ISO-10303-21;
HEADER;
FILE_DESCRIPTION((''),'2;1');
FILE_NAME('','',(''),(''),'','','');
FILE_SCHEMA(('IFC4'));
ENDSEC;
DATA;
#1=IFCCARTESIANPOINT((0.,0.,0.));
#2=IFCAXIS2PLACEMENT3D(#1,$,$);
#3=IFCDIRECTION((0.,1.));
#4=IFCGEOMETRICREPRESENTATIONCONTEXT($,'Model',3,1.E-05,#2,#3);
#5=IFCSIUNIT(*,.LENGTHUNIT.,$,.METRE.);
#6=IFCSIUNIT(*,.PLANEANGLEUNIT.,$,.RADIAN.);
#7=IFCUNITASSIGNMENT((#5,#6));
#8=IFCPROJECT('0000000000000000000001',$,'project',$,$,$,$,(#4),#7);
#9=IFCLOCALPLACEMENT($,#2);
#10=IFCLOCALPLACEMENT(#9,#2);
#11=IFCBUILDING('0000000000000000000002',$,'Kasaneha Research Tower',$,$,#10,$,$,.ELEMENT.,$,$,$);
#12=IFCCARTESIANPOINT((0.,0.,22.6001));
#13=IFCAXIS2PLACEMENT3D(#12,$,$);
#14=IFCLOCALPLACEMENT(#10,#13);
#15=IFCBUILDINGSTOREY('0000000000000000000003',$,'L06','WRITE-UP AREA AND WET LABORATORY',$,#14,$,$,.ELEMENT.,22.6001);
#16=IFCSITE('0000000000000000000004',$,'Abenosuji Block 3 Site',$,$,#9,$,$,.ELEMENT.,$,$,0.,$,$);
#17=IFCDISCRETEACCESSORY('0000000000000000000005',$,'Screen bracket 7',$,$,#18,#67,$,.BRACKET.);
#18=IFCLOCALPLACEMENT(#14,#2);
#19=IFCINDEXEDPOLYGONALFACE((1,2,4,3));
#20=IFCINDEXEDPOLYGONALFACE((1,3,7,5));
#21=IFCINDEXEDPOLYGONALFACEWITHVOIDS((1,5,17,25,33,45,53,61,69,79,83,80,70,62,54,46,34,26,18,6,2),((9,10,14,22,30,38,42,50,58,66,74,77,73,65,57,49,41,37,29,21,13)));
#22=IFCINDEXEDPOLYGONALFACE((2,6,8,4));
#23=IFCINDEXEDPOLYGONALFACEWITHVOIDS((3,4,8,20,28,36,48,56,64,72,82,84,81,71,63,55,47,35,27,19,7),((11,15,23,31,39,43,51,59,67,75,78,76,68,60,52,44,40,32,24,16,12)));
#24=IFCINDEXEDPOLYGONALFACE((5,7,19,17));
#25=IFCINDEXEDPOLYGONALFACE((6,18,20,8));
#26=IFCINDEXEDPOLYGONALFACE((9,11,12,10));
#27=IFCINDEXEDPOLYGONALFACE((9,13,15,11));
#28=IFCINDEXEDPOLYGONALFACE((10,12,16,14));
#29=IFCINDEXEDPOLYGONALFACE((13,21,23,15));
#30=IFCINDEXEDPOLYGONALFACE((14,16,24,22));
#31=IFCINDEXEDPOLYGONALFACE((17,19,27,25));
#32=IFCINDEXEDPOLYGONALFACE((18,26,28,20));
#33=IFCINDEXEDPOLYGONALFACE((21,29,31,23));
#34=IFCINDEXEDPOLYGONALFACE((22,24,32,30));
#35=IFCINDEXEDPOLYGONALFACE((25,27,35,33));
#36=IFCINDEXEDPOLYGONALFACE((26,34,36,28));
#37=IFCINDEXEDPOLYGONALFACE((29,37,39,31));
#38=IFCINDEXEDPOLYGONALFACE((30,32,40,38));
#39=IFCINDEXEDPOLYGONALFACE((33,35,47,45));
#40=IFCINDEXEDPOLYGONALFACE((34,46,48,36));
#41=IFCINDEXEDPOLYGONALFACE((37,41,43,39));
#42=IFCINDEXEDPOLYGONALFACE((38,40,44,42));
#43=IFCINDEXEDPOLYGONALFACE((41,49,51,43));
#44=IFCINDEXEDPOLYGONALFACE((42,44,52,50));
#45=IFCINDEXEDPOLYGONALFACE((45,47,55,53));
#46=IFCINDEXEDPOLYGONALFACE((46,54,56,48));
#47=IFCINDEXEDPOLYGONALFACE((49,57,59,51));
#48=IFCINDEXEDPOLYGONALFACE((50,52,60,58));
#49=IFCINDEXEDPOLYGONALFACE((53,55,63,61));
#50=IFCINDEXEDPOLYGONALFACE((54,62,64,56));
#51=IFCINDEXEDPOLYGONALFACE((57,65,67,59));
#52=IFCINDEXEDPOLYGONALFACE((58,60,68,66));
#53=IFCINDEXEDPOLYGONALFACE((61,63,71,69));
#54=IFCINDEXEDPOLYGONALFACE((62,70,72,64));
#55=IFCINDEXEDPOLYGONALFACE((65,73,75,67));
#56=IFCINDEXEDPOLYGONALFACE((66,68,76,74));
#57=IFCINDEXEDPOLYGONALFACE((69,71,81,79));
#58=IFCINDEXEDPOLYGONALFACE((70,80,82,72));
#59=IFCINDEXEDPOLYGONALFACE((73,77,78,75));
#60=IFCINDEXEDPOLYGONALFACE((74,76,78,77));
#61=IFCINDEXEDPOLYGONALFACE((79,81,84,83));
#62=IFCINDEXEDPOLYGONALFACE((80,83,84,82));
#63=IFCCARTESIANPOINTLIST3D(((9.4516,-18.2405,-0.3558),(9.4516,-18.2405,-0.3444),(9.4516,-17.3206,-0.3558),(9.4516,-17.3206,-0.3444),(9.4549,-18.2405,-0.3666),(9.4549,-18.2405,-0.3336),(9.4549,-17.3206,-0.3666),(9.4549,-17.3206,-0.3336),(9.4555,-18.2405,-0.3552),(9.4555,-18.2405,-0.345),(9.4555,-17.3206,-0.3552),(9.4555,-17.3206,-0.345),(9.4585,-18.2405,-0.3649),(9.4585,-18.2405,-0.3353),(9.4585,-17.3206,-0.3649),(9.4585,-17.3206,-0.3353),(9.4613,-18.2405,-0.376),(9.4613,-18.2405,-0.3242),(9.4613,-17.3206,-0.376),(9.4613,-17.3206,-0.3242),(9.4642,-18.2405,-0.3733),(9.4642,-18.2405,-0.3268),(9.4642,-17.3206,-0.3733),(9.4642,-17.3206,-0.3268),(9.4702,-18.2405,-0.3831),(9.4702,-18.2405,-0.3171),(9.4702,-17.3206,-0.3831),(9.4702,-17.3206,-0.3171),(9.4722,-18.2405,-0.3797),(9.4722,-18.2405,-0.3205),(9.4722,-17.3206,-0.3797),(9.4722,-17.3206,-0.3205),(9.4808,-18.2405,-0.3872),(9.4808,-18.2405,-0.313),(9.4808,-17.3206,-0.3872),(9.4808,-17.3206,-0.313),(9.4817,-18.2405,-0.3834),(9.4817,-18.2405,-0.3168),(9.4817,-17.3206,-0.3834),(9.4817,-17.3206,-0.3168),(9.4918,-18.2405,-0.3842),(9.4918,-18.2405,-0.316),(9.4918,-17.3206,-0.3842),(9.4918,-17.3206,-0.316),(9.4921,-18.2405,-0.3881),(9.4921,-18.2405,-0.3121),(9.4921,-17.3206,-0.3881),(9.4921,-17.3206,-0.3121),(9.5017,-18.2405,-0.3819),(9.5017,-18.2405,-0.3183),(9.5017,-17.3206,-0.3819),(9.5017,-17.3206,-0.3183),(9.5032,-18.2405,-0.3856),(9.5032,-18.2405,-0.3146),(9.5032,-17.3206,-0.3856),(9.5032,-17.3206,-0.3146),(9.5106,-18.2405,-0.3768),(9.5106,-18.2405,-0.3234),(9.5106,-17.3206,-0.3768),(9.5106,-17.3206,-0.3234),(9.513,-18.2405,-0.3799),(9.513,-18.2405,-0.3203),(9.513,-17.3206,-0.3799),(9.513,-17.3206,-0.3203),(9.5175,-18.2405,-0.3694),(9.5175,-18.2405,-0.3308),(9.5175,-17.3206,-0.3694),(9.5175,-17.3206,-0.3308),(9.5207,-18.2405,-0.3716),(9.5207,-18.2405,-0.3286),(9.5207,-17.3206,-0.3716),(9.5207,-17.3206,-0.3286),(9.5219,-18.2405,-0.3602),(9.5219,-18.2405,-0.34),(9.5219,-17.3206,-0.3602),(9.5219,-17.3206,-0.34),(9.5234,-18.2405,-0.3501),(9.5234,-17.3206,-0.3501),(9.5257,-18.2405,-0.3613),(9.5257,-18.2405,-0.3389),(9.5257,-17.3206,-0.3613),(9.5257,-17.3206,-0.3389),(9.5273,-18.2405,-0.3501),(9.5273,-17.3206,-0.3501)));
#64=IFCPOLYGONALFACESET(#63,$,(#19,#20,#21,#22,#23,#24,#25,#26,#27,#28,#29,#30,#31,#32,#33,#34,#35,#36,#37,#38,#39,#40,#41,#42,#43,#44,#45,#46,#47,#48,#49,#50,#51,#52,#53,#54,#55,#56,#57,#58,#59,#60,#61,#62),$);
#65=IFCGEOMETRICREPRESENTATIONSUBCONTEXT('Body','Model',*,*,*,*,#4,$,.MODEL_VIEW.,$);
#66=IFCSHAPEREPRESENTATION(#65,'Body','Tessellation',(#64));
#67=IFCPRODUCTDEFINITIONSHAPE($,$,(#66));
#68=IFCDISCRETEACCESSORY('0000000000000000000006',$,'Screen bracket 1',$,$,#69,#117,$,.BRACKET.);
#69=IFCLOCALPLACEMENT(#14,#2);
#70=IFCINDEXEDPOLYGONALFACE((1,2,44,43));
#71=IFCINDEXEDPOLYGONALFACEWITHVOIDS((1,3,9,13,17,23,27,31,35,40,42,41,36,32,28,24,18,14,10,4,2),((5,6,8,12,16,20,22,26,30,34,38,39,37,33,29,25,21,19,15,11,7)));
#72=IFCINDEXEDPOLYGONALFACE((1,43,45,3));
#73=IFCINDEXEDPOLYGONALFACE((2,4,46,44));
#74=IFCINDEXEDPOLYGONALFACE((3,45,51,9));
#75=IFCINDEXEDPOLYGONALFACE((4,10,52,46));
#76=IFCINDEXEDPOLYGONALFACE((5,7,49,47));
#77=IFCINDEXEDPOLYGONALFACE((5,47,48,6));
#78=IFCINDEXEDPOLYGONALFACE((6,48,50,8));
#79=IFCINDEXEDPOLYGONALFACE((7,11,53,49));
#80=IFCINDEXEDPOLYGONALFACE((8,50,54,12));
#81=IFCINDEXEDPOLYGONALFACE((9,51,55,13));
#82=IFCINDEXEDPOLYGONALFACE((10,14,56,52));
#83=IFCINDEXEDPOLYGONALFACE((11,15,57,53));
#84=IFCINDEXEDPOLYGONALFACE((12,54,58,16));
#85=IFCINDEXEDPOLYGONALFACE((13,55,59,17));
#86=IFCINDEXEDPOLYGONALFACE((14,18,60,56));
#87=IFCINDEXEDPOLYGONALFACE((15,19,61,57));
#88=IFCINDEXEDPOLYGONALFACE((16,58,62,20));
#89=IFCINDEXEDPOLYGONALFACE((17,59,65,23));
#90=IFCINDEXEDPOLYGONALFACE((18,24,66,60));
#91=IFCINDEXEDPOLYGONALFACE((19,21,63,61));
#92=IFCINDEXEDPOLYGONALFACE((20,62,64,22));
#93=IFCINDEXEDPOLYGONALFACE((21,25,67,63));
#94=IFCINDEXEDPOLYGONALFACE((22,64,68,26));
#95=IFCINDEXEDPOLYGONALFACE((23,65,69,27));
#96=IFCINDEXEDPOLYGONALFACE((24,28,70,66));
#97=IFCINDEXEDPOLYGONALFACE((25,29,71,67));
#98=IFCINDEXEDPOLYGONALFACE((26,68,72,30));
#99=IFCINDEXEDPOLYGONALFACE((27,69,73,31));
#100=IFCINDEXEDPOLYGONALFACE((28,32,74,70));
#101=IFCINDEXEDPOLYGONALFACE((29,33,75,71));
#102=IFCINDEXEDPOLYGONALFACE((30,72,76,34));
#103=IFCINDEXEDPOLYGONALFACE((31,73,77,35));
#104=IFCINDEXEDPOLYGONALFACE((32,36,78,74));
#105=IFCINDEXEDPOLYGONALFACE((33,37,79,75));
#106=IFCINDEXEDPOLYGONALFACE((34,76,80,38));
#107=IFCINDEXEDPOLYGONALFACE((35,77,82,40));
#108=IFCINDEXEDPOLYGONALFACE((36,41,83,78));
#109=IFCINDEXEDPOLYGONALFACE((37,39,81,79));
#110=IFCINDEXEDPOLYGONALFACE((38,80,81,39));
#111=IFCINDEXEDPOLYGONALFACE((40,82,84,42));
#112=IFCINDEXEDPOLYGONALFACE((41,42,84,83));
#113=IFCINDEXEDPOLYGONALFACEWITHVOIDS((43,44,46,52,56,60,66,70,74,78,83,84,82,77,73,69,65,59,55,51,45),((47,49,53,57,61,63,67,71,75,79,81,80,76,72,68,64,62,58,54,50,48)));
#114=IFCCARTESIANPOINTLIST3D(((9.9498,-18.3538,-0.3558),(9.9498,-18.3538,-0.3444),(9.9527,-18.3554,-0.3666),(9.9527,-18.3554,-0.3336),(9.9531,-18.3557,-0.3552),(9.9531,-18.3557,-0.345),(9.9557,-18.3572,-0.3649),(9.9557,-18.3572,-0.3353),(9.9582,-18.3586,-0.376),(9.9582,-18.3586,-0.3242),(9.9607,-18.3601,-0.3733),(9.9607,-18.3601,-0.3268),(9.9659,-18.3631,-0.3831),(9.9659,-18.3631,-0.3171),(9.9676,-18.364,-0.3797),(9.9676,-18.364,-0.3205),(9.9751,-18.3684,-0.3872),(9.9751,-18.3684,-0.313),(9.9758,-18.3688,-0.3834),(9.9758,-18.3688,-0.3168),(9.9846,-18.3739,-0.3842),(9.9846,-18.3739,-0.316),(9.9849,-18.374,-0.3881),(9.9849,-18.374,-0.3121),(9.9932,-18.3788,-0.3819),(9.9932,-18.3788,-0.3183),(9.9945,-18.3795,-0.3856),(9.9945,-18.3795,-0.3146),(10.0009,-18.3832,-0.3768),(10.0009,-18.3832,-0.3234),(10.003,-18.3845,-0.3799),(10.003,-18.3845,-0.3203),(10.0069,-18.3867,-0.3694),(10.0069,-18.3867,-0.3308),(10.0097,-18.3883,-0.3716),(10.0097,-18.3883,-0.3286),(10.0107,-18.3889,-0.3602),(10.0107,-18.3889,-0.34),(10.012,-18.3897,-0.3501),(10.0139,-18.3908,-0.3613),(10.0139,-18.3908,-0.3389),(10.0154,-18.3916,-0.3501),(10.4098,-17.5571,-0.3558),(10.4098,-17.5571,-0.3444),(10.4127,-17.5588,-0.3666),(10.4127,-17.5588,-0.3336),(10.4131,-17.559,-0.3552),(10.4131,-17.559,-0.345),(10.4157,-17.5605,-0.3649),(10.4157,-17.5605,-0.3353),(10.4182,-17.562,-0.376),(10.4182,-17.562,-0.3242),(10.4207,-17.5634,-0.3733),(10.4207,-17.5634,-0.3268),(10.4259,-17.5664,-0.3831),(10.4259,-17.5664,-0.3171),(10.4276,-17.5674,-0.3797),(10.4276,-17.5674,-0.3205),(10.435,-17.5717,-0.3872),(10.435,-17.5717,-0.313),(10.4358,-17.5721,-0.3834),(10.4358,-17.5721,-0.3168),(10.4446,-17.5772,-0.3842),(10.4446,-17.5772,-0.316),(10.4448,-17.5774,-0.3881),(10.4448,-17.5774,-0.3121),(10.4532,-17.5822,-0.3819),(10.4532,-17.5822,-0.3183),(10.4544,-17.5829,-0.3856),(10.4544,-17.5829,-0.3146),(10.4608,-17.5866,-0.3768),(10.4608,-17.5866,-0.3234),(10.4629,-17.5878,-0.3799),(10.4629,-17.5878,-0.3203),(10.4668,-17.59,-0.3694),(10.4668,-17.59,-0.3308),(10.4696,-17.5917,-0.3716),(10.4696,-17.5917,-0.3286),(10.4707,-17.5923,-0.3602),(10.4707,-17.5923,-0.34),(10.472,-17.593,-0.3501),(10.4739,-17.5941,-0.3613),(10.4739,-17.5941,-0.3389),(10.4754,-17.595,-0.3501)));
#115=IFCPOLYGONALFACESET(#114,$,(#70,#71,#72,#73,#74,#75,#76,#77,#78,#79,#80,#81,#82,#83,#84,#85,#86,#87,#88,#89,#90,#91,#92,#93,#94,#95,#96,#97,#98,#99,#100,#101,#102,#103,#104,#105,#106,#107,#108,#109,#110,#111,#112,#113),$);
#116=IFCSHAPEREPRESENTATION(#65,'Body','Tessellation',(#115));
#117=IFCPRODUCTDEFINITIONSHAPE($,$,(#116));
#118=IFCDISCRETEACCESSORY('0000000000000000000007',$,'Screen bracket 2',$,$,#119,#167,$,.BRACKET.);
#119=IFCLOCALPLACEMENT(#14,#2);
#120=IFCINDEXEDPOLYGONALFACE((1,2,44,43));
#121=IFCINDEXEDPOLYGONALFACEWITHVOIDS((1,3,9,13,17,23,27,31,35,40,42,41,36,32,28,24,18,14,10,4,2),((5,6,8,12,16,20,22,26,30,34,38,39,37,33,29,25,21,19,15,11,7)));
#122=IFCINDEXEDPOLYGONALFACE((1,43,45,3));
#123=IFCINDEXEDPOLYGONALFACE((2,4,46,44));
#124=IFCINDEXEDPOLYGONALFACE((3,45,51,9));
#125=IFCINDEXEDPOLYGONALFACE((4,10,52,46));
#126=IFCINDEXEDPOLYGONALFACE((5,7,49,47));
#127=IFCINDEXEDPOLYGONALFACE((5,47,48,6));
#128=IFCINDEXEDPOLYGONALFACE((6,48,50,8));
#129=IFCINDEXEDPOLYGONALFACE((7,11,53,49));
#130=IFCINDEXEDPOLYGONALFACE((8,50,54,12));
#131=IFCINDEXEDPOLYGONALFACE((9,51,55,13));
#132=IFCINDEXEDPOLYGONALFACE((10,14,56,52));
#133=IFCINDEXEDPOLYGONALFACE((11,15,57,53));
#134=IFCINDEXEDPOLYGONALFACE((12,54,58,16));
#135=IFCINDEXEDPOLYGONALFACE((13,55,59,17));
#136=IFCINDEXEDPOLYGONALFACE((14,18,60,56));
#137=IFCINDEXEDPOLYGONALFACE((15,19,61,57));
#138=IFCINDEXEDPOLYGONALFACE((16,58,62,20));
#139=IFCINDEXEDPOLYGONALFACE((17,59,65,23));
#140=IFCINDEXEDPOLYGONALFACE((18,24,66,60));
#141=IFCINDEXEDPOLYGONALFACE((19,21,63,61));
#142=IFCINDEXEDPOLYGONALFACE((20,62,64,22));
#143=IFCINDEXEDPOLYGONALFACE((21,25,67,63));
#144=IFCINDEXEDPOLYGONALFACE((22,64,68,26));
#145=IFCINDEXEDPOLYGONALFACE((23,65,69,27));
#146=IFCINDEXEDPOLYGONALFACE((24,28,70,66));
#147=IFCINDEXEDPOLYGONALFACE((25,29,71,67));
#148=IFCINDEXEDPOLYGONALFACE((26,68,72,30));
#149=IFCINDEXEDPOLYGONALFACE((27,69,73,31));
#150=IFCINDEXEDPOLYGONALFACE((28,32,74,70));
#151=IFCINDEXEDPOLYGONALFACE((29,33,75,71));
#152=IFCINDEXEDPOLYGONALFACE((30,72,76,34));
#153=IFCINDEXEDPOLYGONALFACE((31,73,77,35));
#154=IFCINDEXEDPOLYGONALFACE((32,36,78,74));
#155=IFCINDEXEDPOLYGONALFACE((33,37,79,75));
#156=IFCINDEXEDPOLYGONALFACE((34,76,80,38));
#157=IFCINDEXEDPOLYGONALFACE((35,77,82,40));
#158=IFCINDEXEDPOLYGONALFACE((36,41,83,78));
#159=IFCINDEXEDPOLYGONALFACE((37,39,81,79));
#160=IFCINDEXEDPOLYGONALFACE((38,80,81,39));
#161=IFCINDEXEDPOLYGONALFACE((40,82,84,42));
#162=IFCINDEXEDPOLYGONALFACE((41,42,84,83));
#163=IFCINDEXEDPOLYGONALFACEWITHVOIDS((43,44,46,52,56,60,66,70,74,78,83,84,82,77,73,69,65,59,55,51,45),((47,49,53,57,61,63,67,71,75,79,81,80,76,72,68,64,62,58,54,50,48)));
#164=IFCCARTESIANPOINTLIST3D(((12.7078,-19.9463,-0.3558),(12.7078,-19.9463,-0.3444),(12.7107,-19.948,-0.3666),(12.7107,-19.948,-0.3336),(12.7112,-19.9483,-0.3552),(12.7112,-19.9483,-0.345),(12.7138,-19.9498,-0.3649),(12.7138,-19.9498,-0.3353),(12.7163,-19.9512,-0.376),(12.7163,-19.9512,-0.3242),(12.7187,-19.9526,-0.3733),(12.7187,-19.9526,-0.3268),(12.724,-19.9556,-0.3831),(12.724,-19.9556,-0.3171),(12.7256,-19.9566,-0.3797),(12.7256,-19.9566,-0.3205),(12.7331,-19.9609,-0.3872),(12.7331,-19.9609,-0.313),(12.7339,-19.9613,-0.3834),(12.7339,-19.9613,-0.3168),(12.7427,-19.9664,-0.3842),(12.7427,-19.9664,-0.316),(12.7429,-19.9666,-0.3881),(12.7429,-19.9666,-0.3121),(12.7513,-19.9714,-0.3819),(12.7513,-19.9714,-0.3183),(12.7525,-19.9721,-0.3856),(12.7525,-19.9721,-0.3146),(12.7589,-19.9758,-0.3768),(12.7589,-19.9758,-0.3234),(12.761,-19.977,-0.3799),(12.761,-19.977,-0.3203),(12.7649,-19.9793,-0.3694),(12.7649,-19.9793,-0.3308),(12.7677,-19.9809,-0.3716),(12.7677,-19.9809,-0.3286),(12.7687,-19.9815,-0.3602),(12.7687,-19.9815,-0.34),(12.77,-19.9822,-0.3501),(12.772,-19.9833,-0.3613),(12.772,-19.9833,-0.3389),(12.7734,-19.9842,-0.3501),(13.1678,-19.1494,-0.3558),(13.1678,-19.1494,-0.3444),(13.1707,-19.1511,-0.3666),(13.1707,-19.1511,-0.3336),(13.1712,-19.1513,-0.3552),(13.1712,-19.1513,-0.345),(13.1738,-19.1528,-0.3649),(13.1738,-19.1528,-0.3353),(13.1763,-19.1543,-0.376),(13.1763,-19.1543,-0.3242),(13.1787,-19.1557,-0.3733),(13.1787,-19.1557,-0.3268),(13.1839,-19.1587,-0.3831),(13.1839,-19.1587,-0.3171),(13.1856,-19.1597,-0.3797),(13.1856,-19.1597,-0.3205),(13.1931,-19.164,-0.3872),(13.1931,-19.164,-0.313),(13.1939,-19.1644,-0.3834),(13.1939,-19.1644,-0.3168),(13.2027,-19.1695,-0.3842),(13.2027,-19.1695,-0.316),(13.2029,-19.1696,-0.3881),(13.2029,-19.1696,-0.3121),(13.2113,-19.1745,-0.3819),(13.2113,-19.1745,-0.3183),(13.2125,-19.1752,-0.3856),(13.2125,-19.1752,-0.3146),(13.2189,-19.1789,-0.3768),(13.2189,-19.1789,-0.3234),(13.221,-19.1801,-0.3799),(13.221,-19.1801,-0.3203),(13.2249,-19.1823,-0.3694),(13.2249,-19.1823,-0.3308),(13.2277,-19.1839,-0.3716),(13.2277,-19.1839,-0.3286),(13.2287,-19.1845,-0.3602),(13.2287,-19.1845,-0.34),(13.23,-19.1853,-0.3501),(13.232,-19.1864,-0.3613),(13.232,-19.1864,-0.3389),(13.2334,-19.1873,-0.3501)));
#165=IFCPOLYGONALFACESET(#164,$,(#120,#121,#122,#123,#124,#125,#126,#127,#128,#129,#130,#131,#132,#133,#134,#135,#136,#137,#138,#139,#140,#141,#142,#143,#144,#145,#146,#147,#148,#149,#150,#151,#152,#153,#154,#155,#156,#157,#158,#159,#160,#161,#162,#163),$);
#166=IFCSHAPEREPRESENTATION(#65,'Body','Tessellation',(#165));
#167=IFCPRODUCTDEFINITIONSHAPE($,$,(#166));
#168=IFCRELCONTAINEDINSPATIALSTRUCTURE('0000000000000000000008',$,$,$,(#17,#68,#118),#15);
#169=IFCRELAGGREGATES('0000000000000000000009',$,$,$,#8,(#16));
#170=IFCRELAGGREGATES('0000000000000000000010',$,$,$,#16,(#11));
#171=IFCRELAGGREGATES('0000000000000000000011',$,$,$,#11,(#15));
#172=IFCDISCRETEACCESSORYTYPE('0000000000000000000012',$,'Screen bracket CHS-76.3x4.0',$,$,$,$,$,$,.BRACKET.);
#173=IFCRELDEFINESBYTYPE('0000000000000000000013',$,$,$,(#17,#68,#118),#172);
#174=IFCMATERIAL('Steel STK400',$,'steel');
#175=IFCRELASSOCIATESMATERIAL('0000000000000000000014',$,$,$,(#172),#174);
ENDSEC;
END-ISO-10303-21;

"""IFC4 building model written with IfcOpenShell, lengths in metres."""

from ifc_helpers import new_model, si_unit, direction, frame, origin, origin_2d, place, context, subcontext, project, spatial, hollow_circle, extrude, material, material_profile, profile_set, type_object, element, save


model = new_model("IFC4")

# Units and contexts
model_context = context("Model", 3, precision=1e-05, world=origin(), true_north=direction((0.0, 1.0)))
body_context = subcontext(model_context, "Body", "Model", "MODEL_VIEW")
ifc_project = project(units=[si_unit("LENGTHUNIT", "METRE"), si_unit("PLANEANGLEUNIT", "RADIAN")], contexts=[model_context])

# Site, building, storey
site_placement = place(None, origin())
site = spatial("IfcSite", under=ifc_project, at=site_placement, Name="Abenosuji Block 3 Site", CompositionType="ELEMENT", RefElevation=0.0)
building_placement = place(site_placement, origin())
building = spatial("IfcBuilding", under=site, at=building_placement, Name="Kasaneha Research Tower", CompositionType="ELEMENT")
storey_placement = place(building_placement, frame((0.0, 0.0, 22.6001)))
storey = spatial("IfcBuildingStorey", under=building, at=storey_placement, Name="L06", Description="WRITE-UP AREA AND WET LABORATORY", CompositionType="ELEMENT", Elevation=22.6001)

# Discrete accessories
ifc_material_1 = material(Name="Steel STK400", Category="steel")
ifc_material_profile_1 = material_profile(ifc_material_1, hollow_circle(Radius=0.0381, WallThickness=0.0039, at=origin_2d()), Name="CHS-76.3x4.0")
ifc_profile_set_1 = profile_set([ifc_material_profile_1], Name="Steel STK400")
discrete_accessory_type = type_object("IfcDiscreteAccessoryType", Name="Screen bracket CHS-76.3x4.0", PredefinedType="BRACKET", material=ifc_profile_set_1)
for number, where, z_axis, x_axis, name in (
    (1, (9.4893, -17.3206, -0.3501), (0.0, -1.0, 0.0), (1.0, 0.0, 0.0), "Screen bracket 7"),
    (2, (10.4424, -17.5759, -0.3501), (-0.500021, -0.866013, 0.0), (0.866013, -0.500021, 0.0), "Screen bracket 1"),
):
    element("IfcDiscreteAccessory", number, at=place(storey_placement, frame(where, z_axis=z_axis, x_axis=x_axis)), inside=storey, type_object=discrete_accessory_type, Name=name, PredefinedType="BRACKET", context=body_context, shape_type="SweptSolid", body=[
        extrude(hollow_circle(Radius=0.0381, WallThickness=0.0039, at=origin_2d()), origin(), (0.0, 0.0, 1.0), 0.9199),
    ])
discrete_accessory_1_placement = place(storey_placement, frame((13.2004, -19.1682, -0.3501), z_axis=(-0.499906, -0.86608, 0.0), x_axis=(0.86608, -0.499906, 0.0)))
element("IfcDiscreteAccessory", 3, at=discrete_accessory_1_placement, inside=storey, type_object=discrete_accessory_type, Name="Screen bracket 2", PredefinedType="BRACKET", context=body_context, shape_type="SweptSolid", body=[
    extrude(hollow_circle(Radius=0.0381, WallThickness=0.0039, at=origin_2d()), origin(), (0.0, 0.0, 1.0), 0.9202),
])

save(model, "model.ifc")
